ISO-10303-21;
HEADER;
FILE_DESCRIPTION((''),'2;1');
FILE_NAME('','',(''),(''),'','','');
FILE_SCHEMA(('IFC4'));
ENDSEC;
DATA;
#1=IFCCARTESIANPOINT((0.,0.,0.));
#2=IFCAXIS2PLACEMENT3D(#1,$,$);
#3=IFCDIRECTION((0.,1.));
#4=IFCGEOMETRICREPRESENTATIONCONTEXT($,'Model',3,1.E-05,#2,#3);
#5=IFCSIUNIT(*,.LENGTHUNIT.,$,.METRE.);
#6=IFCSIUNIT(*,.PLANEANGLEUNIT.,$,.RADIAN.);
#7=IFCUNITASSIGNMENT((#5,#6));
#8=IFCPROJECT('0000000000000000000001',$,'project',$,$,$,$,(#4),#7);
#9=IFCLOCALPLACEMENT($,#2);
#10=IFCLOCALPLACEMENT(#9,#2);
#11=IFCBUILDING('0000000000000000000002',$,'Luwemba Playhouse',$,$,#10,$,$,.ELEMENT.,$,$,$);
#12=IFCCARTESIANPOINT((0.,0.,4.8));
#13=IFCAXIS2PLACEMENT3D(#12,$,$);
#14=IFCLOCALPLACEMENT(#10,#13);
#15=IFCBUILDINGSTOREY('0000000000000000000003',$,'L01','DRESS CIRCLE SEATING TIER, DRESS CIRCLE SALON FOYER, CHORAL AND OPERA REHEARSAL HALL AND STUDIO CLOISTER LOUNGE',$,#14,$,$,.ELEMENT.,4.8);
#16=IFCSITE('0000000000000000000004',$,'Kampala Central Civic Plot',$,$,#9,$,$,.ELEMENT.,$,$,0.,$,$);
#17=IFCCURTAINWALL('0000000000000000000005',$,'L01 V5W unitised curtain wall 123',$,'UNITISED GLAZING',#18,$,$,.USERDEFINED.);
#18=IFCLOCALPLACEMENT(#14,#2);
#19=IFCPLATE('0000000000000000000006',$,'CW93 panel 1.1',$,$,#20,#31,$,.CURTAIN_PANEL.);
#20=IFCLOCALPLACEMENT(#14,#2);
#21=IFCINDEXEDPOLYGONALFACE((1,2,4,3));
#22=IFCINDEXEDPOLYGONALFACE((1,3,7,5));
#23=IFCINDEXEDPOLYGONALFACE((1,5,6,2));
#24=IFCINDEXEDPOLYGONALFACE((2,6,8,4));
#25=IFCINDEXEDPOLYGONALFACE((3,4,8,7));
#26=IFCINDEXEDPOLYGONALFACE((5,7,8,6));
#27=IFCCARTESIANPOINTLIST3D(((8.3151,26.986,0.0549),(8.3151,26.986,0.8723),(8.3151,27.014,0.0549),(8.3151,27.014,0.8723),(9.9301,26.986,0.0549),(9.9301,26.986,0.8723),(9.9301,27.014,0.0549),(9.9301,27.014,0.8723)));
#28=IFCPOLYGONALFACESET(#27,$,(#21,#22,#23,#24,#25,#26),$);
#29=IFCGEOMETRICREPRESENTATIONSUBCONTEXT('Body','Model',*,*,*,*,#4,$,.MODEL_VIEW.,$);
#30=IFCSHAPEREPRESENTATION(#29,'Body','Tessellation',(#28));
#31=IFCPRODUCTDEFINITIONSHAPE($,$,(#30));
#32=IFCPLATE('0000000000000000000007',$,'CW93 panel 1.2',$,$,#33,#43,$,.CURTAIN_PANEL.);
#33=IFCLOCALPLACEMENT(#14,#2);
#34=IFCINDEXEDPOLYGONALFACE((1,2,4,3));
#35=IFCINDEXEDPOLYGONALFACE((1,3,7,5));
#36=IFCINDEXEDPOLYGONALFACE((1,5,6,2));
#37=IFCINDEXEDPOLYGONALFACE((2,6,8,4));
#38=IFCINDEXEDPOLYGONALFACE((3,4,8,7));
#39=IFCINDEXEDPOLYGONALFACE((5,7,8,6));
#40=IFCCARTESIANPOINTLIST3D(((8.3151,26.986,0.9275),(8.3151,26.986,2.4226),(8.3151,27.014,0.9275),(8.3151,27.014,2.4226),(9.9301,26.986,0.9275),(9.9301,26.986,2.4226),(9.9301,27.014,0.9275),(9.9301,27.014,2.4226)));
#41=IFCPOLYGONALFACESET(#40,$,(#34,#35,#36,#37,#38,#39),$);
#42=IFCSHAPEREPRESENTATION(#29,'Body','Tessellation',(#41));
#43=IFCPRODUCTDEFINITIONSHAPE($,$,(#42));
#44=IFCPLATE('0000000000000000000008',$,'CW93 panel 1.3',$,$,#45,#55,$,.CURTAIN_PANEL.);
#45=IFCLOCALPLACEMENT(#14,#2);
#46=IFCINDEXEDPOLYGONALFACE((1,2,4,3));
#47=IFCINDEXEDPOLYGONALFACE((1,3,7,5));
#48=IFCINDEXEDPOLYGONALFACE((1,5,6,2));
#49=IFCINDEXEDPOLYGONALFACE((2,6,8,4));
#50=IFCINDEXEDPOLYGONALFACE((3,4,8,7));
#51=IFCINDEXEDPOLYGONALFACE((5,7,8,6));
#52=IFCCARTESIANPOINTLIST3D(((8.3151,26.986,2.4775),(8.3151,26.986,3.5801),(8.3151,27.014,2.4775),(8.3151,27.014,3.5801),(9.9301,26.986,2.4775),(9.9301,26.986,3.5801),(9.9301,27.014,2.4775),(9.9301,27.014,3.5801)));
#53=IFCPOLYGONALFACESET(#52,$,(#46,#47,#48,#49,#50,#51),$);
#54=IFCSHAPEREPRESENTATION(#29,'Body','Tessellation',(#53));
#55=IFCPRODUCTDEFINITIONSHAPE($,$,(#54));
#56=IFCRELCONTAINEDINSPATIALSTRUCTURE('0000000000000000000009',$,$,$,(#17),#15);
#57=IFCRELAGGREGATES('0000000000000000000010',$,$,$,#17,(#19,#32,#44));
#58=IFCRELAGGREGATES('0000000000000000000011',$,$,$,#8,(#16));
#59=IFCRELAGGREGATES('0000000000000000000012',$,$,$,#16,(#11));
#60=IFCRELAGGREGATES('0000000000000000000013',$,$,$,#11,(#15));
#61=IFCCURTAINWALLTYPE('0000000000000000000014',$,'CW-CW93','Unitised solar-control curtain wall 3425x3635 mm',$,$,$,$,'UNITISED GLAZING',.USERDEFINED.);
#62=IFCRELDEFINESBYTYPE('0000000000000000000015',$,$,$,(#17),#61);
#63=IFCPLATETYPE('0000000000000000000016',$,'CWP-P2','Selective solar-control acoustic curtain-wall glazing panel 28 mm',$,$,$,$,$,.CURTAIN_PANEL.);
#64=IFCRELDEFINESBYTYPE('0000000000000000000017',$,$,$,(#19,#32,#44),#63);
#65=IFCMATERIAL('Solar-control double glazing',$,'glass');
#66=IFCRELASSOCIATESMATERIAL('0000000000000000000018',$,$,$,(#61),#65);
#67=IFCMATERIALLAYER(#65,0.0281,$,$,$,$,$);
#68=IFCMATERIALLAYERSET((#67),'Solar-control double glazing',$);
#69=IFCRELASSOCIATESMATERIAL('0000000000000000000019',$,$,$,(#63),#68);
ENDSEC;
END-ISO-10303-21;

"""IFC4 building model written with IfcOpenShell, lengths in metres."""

from ifc_helpers import new_model, si_unit, direction, frame, origin, origin_2d, place, context, subcontext, project, spatial, rectangle, extrude, material, layer, layer_set, type_object, element, aggregate, save


model = new_model("IFC4")

# Units and contexts
model_context = context("Model", 3, precision=1e-05, world=origin(), true_north=direction((0.0, 1.0)))
body_context = subcontext(model_context, "Body", "Model", "MODEL_VIEW")
ifc_project = project(units=[si_unit("LENGTHUNIT", "METRE"), si_unit("PLANEANGLEUNIT", "RADIAN")], contexts=[model_context])

# Site, building, storey
site_placement = place(None, origin())
site = spatial("IfcSite", under=ifc_project, at=site_placement, Name="Kampala Central Civic Plot", CompositionType="ELEMENT", RefElevation=0.0)
building_placement = place(site_placement, origin())
building = spatial("IfcBuilding", under=site, at=building_placement, Name="Luwemba Playhouse", CompositionType="ELEMENT")
storey_placement = place(building_placement, frame((0.0, 0.0, 4.8)))
storey = spatial("IfcBuildingStorey", under=building, at=storey_placement, Name="L01", Description="DRESS CIRCLE SEATING TIER, DRESS CIRCLE SALON FOYER, CHORAL AND OPERA REHEARSAL HALL AND STUDIO CLOISTER LOUNGE", CompositionType="ELEMENT", Elevation=4.8)

# Shared definitions
ifc_material_1 = material(Name="Solar-control double glazing", Category="glass")

# Curtain wall
curtain_wall_type_1 = type_object("IfcCurtainWallType", Name="CW-CW93", Description="Unitised solar-control curtain wall 3425x3635 mm", ElementType="UNITISED GLAZING", PredefinedType="USERDEFINED", material=ifc_material_1)
curtain_wall_1_placement = place(storey_placement, origin())
curtain_wall_1 = element("IfcCurtainWall", 1, at=curtain_wall_1_placement, inside=storey, type_object=curtain_wall_type_1, Name="L01 V5W unitised curtain wall 123", ObjectType="UNITISED GLAZING", PredefinedType="USERDEFINED")

# Plates
ifc_layer_1 = layer(ifc_material_1, 0.0281)
ifc_layer_set_1 = layer_set([ifc_layer_1], Name="Solar-control double glazing")
plate_type_1 = type_object("IfcPlateType", Name="CWP-P2", Description="Selective solar-control acoustic curtain-wall glazing panel 28 mm", PredefinedType="CURTAIN_PANEL", material=ifc_layer_set_1)
plate_1_placement = place(storey_placement, frame((9.1226, 27.0, 0.0549), z_axis=(0.0, 0.0, 1.0), x_axis=(1.0, 0.0, 0.0)))
plate_1 = element("IfcPlate", 2, at=plate_1_placement, type_object=plate_type_1, Name="CW93 panel 1.1", PredefinedType="CURTAIN_PANEL", context=body_context, shape_type="SweptSolid", body=[
    extrude(rectangle(XDim=1.615, YDim=0.0281, at=origin_2d()), origin(), (0.0, 0.0, 1.0), 0.8174),
])
plate_2_placement = place(storey_placement, frame((9.1226, 27.0, 0.9275), z_axis=(0.0, 0.0, 1.0), x_axis=(1.0, 0.0, 0.0)))
plate_2 = element("IfcPlate", 3, at=plate_2_placement, type_object=plate_type_1, Name="CW93 panel 1.2", PredefinedType="CURTAIN_PANEL", context=body_context, shape_type="SweptSolid", body=[
    extrude(rectangle(XDim=1.615, YDim=0.0281, at=origin_2d()), origin(), (0.0, 0.0, 1.0), 1.4951),
])
plate_3_placement = place(storey_placement, frame((9.1226, 27.0, 2.4775), z_axis=(0.0, 0.0, 1.0), x_axis=(1.0, 0.0, 0.0)))
plate_3 = element("IfcPlate", 4, at=plate_3_placement, type_object=plate_type_1, Name="CW93 panel 1.3", PredefinedType="CURTAIN_PANEL", context=body_context, shape_type="SweptSolid", body=[
    extrude(rectangle(XDim=1.615, YDim=0.0281, at=origin_2d()), origin(), (0.0, 0.0, 1.0), 1.1025),
])
aggregate(curtain_wall_1, [plate_1, plate_2, plate_3])

save(model, "model.ifc")
